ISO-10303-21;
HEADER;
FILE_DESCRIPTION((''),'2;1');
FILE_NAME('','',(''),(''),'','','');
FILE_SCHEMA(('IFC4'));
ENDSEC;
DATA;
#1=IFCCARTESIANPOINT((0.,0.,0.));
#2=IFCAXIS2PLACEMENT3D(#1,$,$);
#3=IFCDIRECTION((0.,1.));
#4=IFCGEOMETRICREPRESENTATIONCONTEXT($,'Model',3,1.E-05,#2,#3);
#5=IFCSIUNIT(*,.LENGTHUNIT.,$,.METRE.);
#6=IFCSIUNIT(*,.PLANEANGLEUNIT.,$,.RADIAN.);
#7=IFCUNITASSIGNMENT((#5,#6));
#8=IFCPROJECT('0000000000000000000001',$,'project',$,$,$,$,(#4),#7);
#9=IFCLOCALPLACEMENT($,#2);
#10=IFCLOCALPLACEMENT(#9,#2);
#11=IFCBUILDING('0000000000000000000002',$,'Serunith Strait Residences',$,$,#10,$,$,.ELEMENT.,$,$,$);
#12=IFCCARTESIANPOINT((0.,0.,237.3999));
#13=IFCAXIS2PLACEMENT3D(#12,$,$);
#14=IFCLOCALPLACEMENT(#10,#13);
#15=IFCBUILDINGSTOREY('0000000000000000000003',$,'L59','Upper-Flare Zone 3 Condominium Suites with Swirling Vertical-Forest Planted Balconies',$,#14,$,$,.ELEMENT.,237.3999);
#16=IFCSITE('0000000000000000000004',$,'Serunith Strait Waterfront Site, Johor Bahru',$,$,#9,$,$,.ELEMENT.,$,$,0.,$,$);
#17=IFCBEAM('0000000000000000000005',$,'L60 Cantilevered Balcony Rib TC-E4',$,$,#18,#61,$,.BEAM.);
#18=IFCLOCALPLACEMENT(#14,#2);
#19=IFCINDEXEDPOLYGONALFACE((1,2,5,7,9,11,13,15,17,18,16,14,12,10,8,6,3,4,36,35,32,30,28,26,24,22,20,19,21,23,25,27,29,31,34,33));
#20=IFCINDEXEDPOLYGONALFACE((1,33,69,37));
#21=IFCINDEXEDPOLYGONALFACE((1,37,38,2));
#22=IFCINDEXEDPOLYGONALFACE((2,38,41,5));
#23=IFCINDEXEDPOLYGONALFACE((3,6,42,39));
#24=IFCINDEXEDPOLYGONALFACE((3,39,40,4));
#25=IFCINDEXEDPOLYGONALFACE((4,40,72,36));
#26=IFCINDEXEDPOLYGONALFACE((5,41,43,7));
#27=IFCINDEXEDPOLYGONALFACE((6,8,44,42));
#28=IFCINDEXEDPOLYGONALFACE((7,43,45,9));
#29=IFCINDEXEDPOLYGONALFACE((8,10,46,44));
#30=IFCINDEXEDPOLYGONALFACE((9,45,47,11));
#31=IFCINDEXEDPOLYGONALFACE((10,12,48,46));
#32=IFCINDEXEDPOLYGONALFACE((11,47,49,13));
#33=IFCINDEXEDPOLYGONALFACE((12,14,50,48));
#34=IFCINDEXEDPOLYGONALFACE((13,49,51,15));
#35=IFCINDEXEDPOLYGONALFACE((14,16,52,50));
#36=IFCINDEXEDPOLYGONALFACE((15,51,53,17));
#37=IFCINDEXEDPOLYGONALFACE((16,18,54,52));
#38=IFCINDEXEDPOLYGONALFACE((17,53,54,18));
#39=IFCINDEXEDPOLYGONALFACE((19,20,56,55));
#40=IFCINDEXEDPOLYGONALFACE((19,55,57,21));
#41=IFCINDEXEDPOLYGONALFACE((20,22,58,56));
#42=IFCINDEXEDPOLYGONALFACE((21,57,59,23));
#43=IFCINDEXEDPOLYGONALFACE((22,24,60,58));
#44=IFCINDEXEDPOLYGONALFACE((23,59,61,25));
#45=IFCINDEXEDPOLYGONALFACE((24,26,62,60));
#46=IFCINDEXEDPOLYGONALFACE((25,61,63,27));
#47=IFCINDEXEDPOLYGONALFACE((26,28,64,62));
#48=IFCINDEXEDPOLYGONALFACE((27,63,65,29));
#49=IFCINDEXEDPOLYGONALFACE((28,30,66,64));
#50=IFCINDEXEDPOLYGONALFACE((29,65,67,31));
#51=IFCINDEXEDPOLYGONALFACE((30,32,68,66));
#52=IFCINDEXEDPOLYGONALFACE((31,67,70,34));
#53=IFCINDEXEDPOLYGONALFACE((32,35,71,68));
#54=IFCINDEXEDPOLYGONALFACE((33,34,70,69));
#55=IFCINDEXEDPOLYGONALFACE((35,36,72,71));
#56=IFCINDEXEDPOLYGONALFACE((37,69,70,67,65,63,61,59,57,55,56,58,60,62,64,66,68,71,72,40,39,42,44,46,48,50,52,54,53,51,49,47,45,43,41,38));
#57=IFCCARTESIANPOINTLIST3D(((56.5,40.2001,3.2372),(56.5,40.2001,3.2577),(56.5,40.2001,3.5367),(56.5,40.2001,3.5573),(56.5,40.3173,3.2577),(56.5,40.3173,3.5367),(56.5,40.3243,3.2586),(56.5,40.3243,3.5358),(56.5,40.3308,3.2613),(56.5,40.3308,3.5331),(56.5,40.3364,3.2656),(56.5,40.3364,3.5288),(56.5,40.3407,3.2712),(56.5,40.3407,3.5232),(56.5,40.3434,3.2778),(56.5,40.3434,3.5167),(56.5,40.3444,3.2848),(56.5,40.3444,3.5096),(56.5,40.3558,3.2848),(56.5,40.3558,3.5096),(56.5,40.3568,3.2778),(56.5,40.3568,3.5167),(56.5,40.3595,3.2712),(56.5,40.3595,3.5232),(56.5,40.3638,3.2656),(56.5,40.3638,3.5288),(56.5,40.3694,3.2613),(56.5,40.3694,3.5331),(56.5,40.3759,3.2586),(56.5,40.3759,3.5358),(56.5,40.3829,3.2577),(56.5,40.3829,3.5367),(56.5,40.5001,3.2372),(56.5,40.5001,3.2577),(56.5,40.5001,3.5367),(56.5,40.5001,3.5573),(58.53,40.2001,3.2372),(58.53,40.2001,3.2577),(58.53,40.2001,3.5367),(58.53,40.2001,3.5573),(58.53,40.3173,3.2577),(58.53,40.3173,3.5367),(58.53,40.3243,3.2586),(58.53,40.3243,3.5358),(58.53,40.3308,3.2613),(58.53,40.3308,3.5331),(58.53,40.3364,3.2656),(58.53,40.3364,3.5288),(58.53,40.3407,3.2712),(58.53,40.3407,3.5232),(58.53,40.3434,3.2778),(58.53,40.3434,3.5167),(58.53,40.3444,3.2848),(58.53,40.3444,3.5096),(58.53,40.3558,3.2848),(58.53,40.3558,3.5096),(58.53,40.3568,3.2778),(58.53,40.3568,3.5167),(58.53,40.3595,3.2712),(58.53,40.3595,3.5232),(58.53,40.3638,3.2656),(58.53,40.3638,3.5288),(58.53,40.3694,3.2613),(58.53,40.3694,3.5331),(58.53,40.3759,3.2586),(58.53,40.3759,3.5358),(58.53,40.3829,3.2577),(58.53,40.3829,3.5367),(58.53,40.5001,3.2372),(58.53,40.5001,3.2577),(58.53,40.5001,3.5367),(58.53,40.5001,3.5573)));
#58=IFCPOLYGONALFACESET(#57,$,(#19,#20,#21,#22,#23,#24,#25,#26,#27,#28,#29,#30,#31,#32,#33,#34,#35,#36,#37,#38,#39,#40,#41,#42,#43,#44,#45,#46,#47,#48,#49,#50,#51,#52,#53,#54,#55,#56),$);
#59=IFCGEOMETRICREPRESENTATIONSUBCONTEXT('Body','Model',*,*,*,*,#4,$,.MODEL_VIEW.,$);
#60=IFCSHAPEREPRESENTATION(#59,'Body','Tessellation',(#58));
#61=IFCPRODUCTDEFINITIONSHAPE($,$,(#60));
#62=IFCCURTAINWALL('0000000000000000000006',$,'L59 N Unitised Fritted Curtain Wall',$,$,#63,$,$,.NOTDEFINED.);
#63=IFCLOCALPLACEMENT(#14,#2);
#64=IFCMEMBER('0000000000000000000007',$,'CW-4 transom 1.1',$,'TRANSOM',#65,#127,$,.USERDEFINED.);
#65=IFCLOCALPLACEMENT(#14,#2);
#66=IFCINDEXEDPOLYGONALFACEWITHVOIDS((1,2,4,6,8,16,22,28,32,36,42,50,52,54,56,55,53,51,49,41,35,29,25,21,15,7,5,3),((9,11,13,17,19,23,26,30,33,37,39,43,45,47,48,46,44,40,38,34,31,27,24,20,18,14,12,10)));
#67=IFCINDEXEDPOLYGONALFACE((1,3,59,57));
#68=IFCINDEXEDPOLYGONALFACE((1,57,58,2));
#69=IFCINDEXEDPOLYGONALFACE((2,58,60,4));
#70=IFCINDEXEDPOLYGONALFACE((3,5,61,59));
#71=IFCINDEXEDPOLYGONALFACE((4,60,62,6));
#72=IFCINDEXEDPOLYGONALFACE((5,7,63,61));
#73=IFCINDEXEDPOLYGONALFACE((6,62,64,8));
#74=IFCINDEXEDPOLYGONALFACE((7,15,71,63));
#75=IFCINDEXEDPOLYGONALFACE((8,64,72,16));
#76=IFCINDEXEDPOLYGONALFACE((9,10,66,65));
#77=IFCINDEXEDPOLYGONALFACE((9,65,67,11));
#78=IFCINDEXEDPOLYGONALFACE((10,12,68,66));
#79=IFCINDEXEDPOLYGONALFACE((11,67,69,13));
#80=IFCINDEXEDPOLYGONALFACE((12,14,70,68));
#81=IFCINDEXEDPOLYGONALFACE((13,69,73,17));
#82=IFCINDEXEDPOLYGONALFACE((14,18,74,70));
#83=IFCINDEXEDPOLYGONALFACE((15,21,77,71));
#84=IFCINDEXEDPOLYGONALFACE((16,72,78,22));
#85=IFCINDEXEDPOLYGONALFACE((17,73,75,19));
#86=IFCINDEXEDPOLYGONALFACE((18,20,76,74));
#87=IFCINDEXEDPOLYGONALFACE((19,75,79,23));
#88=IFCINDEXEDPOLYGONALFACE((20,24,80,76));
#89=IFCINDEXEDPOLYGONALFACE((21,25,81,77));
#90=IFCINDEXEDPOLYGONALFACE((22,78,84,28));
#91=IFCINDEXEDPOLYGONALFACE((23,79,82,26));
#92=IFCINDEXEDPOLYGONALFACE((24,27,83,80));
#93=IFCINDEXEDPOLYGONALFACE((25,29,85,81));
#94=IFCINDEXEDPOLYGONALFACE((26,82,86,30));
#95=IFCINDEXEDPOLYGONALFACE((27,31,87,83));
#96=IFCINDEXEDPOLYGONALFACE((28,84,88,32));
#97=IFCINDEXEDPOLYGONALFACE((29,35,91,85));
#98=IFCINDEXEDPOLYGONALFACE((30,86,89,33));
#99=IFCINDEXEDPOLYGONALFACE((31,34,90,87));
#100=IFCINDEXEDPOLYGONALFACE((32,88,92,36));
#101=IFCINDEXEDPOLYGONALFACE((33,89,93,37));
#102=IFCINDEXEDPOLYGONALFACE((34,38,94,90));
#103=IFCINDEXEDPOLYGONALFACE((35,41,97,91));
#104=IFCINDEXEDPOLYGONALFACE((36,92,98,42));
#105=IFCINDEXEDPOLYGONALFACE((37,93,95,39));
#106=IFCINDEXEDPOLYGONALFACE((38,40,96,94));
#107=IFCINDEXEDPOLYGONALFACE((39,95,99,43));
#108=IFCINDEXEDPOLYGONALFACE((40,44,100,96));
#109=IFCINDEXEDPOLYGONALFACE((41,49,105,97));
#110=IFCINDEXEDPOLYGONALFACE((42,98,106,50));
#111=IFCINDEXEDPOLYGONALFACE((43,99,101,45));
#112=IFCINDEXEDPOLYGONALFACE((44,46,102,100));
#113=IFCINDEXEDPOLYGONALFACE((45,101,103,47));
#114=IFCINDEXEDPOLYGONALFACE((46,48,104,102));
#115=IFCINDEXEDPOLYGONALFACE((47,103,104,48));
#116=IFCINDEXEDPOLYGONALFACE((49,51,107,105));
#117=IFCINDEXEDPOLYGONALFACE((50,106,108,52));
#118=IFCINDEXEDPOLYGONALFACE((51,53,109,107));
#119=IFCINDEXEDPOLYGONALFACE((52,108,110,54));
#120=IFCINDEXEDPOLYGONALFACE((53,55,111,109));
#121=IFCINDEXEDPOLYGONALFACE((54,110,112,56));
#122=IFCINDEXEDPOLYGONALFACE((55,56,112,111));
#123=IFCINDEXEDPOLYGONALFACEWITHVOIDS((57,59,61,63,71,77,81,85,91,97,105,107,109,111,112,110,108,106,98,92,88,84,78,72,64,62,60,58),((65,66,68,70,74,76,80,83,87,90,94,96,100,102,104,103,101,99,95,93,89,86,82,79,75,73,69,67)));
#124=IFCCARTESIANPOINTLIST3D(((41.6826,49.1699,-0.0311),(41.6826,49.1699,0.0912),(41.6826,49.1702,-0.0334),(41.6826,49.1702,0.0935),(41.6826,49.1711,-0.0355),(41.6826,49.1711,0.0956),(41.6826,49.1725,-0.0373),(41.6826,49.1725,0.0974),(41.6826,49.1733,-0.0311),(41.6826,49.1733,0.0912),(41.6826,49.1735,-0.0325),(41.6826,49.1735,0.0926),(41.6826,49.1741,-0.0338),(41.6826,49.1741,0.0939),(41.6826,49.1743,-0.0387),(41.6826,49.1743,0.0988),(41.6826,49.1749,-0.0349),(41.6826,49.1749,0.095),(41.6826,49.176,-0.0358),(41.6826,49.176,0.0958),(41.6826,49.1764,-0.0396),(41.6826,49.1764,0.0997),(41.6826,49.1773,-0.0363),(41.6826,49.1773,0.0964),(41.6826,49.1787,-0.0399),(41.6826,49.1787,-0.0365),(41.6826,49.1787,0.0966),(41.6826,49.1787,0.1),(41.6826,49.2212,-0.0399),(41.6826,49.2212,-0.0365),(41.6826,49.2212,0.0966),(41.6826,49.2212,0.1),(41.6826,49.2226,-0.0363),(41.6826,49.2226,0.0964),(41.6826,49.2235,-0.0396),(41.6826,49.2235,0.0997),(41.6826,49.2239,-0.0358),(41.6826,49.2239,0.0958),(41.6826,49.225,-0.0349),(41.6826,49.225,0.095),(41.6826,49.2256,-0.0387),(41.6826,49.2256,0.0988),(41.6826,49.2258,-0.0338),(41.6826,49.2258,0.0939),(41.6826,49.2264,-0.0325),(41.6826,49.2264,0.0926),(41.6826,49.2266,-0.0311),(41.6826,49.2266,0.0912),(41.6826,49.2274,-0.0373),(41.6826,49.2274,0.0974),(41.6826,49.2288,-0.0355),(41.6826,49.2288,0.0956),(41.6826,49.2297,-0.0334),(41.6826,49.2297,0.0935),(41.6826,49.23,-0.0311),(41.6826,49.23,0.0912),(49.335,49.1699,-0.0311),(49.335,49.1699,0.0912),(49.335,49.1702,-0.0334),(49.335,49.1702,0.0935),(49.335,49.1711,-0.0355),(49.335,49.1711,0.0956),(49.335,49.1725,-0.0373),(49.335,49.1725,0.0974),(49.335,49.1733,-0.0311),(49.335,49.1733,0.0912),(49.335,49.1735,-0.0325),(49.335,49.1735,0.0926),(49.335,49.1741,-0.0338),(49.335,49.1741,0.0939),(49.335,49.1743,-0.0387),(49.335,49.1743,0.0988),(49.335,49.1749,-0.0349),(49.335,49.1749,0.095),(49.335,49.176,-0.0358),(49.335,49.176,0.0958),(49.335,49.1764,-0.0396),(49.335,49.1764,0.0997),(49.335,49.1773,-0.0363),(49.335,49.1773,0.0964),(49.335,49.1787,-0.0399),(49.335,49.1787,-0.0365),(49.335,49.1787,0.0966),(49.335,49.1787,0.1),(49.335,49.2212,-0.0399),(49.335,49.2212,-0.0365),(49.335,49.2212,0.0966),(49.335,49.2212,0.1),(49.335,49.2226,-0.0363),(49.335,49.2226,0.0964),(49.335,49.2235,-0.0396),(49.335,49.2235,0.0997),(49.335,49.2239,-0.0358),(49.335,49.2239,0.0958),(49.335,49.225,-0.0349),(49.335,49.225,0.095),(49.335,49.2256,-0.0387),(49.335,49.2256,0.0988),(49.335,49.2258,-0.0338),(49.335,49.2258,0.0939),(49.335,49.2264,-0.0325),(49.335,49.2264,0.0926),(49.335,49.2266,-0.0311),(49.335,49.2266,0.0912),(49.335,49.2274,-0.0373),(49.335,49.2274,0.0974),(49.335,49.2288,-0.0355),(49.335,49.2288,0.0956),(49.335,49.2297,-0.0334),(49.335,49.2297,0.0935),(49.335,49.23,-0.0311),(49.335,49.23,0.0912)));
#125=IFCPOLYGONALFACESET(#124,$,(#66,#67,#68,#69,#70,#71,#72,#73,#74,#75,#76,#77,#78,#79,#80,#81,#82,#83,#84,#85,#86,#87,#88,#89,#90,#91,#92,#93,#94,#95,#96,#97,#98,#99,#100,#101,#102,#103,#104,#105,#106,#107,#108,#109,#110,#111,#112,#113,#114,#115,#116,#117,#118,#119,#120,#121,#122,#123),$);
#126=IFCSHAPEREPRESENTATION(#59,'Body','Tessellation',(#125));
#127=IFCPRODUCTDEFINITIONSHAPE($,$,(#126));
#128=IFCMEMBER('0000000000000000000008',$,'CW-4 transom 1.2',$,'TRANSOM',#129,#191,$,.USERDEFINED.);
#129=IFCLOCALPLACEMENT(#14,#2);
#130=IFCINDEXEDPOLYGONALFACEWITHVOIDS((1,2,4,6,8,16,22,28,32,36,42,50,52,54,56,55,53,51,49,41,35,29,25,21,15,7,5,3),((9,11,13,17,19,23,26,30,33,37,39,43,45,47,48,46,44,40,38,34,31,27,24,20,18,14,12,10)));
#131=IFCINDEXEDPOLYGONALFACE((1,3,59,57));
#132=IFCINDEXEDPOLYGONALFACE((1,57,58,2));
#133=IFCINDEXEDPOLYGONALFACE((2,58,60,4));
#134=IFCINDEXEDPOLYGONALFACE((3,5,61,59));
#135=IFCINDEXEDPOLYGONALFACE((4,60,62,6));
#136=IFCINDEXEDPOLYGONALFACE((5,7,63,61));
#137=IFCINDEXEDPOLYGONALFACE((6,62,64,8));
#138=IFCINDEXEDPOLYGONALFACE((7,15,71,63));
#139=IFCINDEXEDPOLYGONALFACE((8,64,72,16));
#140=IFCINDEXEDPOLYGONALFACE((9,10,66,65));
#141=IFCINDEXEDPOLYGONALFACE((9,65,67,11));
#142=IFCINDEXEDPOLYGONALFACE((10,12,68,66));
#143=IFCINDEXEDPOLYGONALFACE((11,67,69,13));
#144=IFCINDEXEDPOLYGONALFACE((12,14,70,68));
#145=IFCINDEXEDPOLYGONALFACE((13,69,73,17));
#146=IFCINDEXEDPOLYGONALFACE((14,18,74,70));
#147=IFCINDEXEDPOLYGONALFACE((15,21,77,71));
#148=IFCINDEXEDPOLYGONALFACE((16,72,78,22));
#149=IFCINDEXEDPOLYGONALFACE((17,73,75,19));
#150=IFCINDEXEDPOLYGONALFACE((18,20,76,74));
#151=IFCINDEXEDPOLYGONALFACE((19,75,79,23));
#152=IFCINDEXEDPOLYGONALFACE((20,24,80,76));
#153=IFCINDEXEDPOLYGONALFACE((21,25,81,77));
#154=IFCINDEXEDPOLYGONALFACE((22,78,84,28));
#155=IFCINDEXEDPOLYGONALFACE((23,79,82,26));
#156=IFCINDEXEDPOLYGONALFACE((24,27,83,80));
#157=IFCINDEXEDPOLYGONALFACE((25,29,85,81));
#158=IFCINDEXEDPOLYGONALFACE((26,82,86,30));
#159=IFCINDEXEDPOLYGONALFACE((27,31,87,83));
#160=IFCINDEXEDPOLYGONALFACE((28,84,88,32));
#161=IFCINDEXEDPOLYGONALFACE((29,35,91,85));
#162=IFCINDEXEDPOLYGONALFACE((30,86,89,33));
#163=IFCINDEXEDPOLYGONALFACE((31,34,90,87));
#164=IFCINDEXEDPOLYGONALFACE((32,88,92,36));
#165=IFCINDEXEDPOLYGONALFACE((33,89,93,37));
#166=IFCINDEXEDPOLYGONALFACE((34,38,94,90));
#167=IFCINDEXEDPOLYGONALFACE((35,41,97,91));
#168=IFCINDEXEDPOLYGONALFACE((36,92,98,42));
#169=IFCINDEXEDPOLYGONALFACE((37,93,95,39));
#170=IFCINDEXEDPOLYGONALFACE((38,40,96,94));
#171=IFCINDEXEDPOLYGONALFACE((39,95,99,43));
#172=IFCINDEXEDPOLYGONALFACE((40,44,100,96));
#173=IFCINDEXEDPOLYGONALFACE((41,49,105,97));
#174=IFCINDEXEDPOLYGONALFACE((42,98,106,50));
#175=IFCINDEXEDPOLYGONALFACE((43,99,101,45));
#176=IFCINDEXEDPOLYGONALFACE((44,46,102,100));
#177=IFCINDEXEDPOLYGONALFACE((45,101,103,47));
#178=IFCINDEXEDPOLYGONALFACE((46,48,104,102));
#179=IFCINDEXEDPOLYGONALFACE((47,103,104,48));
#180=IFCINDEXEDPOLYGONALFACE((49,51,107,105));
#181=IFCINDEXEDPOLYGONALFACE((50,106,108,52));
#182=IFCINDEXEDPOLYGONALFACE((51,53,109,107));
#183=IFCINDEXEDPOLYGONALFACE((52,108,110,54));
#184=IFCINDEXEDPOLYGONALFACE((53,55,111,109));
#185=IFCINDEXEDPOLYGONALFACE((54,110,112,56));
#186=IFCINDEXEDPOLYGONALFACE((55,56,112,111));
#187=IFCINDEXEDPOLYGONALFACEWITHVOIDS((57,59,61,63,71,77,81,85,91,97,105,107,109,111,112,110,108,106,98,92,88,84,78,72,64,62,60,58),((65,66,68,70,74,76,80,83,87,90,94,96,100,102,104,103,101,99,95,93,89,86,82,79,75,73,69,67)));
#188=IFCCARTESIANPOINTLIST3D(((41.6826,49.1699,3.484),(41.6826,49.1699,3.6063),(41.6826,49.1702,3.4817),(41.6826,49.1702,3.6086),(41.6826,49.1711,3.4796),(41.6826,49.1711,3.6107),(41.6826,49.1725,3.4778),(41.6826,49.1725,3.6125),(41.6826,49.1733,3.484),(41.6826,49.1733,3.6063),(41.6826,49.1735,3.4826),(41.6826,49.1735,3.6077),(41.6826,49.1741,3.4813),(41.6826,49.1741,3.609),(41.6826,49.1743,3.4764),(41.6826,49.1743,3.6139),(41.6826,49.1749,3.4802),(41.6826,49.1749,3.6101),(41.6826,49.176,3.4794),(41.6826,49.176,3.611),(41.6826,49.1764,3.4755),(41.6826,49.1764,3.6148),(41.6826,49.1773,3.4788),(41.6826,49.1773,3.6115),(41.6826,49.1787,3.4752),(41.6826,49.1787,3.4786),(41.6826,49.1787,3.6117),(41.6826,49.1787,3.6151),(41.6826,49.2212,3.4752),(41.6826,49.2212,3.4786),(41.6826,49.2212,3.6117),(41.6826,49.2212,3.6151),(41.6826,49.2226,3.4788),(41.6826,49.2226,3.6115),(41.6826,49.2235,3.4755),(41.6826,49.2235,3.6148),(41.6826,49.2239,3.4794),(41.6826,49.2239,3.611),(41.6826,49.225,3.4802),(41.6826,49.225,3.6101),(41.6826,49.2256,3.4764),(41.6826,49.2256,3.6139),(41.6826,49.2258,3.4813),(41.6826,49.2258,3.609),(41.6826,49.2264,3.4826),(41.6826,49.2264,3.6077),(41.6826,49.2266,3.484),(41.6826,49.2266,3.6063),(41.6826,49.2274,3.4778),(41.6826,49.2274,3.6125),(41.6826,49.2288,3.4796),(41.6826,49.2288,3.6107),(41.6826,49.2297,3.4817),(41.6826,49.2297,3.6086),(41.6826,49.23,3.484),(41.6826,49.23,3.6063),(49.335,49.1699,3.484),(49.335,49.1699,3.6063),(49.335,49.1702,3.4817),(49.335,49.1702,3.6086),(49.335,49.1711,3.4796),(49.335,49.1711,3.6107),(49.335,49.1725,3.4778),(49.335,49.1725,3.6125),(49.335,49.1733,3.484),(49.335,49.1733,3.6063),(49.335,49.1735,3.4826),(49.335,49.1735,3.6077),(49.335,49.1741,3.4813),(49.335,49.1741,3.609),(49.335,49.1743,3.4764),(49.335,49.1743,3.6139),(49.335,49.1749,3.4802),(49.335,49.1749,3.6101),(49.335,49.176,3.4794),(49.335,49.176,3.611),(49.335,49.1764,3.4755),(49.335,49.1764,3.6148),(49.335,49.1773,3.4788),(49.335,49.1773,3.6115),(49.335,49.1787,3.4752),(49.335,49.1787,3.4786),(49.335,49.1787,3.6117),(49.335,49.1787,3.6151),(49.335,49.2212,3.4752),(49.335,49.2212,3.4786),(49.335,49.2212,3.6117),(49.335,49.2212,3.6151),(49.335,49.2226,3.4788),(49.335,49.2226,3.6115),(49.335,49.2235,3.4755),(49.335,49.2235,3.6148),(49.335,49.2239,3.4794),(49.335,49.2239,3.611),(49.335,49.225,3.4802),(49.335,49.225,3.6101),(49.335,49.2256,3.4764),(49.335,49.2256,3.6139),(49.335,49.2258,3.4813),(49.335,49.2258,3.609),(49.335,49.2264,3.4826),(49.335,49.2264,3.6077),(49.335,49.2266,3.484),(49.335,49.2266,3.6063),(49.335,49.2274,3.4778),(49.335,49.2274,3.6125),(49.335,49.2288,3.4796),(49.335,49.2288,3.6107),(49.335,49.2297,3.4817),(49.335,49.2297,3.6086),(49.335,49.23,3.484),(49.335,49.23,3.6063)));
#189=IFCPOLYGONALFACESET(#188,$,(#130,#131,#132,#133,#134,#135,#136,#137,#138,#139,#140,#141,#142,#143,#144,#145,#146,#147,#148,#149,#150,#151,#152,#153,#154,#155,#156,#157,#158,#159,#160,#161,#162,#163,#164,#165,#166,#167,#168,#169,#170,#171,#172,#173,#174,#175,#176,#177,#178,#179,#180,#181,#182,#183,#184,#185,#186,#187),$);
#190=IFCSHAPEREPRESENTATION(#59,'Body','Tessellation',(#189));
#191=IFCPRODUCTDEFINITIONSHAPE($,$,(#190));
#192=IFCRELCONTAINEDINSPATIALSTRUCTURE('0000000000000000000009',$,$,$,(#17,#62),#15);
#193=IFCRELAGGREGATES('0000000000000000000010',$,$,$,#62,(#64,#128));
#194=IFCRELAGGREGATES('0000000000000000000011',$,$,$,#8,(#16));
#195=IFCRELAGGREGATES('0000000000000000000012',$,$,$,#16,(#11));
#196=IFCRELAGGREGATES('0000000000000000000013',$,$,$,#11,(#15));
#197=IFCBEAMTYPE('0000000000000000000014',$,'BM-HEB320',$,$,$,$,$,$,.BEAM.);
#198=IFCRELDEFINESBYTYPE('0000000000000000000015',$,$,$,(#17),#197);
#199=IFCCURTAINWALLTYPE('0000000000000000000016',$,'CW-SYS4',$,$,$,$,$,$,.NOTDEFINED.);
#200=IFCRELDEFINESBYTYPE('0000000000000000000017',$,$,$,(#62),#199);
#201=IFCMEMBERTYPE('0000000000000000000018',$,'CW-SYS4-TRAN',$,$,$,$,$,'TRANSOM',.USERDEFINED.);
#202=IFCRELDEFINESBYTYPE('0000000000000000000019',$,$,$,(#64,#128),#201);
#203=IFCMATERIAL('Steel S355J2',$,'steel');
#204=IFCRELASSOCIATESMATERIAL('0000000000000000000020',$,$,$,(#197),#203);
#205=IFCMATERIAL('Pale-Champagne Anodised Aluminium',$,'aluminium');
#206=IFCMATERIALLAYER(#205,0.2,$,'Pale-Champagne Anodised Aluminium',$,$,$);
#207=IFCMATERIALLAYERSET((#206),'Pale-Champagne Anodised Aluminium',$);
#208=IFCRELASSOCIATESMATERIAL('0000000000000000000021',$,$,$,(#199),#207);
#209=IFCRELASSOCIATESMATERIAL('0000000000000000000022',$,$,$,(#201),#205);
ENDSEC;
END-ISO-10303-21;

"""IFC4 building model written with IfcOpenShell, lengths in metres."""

from ifc_helpers import new_model, si_unit, direction, frame, origin, origin_2d, place, context, subcontext, project, spatial, hollow_rectangle, i_section, extrude, source, transform, mapped, material, layer, layer_set, material_profile, profile_set, type_object, element, aggregate, save


model = new_model("IFC4")

# Units and contexts
model_context = context("Model", 3, precision=1e-05, world=origin(), true_north=direction((0.0, 1.0)))
body_context = subcontext(model_context, "Body", "Model", "MODEL_VIEW")
ifc_project = project(units=[si_unit("LENGTHUNIT", "METRE"), si_unit("PLANEANGLEUNIT", "RADIAN")], contexts=[model_context])

# Site, building, storey
site_placement = place(None, origin())
site = spatial("IfcSite", under=ifc_project, at=site_placement, Name="Serunith Strait Waterfront Site, Johor Bahru", CompositionType="ELEMENT", RefElevation=0.0)
building_placement = place(site_placement, origin())
building = spatial("IfcBuilding", under=site, at=building_placement, Name="Serunith Strait Residences", CompositionType="ELEMENT")
storey_placement = place(building_placement, frame((0.0, 0.0, 237.3999)))
storey = spatial("IfcBuildingStorey", under=building, at=storey_placement, Name="L59", Description="Upper-Flare Zone 3 Condominium Suites with Swirling Vertical-Forest Planted Balconies", CompositionType="ELEMENT", Elevation=237.3999)

# Beam
ifc_material_1 = material(Name="Steel S355J2", Category="steel")
ifc_material_profile_1 = material_profile(ifc_material_1, i_section(OverallWidth=0.3, OverallDepth=0.3201, WebThickness=0.0115, FlangeThickness=0.0205, FilletRadius=0.0271, at=origin_2d()), Name="HEB 320")
ifc_profile_set_1 = profile_set([ifc_material_profile_1], Name="Steel S355J2")
beam_type_1 = type_object("IfcBeamType", Name="BM-HEB320", PredefinedType="BEAM", material=ifc_profile_set_1)
shared_shape_1 = source(origin(), body_context, "Body", "SweptSolid", [
    extrude(i_section(OverallWidth=0.3, OverallDepth=0.3201, WebThickness=0.0115, FlangeThickness=0.0205, FilletRadius=0.0271, at=origin_2d()), origin(), (0.0, 0.0, 1.0), 2.03),
])
for number, where, z_axis, x_axis, name in (
    (1, (56.5, 40.3501, 3.3972), (1.0, 0.0, 0.0), (0.0, 1.0, 0.0), "L60 Cantilevered Balcony Rib TC-E4"),
):
    element("IfcBeam", number, at=place(storey_placement, frame(where, z_axis=z_axis, x_axis=x_axis)), inside=storey, type_object=beam_type_1, Name=name, PredefinedType="BEAM", context=body_context, shape_type="MappedRepresentation", body=[
        mapped(shared_shape_1, transform((0.0, 0.0, 0.0), scale=1.0)),
    ])

# Curtain wall, members
ifc_material_2 = material(Name="Pale-Champagne Anodised Aluminium", Category="aluminium")
ifc_layer_1 = layer(ifc_material_2, 0.2, Name="Pale-Champagne Anodised Aluminium")
ifc_layer_set_1 = layer_set([ifc_layer_1], Name="Pale-Champagne Anodised Aluminium")
curtain_wall_type = type_object("IfcCurtainWallType", Name="CW-SYS4", PredefinedType="NOTDEFINED", material=ifc_layer_set_1)
curtain_wall_1_placement = place(storey_placement, origin())
curtain_wall_1 = element("IfcCurtainWall", 2, at=curtain_wall_1_placement, inside=storey, type_object=curtain_wall_type, Name="L59 N Unitised Fritted Curtain Wall", PredefinedType="NOTDEFINED")
ifc_material_profile_2 = material_profile(ifc_material_2, hollow_rectangle(XDim=0.0601, YDim=0.1399, WallThickness=0.0034, InnerFilletRadius=0.0054, OuterFilletRadius=0.0088, at=origin_2d()), Name="ALU 140x60x3.5")
ifc_profile_set_2 = profile_set([ifc_material_profile_2], Name="Pale-Champagne Anodised Aluminium")
member_type_1 = type_object("IfcMemberType", Name="CW-SYS4-TRAN", ElementType="TRANSOM", PredefinedType="USERDEFINED", material=ifc_profile_set_2)
shared_shape_2 = source(origin(), body_context, "Body", "SweptSolid", [
    extrude(hollow_rectangle(XDim=0.0601, YDim=0.1399, WallThickness=0.0034, InnerFilletRadius=0.0054, OuterFilletRadius=0.0088, at=origin_2d()), origin(), (0.0, 0.0, 1.0), 7.6523),
])
member_1_placement = place(storey_placement, frame((49.335, 49.2, 0.03), z_axis=(-1.0, 0.0, 0.0), x_axis=(0.0, -1.0, 0.0)))
member_1 = element("IfcMember", 3, at=member_1_placement, type_object=member_type_1, Name="CW-4 transom 1.1", ObjectType="TRANSOM", PredefinedType="USERDEFINED", context=body_context, shape_type="MappedRepresentation", body=[
    mapped(shared_shape_2, transform((0.0, 0.0, 0.0), scale=1.0)),
])
member_2_placement = place(storey_placement, frame((49.335, 49.2, 3.5452), z_axis=(-1.0, 0.0, 0.0), x_axis=(0.0, -1.0, 0.0)))
member_2 = element("IfcMember", 4, at=member_2_placement, type_object=member_type_1, Name="CW-4 transom 1.2", ObjectType="TRANSOM", PredefinedType="USERDEFINED", context=body_context, shape_type="MappedRepresentation", body=[
    mapped(shared_shape_2, transform((0.0, 0.0, 0.0), scale=1.0)),
])

aggregate(curtain_wall_1, [member_1, member_2])

save(model, "model.ifc")
